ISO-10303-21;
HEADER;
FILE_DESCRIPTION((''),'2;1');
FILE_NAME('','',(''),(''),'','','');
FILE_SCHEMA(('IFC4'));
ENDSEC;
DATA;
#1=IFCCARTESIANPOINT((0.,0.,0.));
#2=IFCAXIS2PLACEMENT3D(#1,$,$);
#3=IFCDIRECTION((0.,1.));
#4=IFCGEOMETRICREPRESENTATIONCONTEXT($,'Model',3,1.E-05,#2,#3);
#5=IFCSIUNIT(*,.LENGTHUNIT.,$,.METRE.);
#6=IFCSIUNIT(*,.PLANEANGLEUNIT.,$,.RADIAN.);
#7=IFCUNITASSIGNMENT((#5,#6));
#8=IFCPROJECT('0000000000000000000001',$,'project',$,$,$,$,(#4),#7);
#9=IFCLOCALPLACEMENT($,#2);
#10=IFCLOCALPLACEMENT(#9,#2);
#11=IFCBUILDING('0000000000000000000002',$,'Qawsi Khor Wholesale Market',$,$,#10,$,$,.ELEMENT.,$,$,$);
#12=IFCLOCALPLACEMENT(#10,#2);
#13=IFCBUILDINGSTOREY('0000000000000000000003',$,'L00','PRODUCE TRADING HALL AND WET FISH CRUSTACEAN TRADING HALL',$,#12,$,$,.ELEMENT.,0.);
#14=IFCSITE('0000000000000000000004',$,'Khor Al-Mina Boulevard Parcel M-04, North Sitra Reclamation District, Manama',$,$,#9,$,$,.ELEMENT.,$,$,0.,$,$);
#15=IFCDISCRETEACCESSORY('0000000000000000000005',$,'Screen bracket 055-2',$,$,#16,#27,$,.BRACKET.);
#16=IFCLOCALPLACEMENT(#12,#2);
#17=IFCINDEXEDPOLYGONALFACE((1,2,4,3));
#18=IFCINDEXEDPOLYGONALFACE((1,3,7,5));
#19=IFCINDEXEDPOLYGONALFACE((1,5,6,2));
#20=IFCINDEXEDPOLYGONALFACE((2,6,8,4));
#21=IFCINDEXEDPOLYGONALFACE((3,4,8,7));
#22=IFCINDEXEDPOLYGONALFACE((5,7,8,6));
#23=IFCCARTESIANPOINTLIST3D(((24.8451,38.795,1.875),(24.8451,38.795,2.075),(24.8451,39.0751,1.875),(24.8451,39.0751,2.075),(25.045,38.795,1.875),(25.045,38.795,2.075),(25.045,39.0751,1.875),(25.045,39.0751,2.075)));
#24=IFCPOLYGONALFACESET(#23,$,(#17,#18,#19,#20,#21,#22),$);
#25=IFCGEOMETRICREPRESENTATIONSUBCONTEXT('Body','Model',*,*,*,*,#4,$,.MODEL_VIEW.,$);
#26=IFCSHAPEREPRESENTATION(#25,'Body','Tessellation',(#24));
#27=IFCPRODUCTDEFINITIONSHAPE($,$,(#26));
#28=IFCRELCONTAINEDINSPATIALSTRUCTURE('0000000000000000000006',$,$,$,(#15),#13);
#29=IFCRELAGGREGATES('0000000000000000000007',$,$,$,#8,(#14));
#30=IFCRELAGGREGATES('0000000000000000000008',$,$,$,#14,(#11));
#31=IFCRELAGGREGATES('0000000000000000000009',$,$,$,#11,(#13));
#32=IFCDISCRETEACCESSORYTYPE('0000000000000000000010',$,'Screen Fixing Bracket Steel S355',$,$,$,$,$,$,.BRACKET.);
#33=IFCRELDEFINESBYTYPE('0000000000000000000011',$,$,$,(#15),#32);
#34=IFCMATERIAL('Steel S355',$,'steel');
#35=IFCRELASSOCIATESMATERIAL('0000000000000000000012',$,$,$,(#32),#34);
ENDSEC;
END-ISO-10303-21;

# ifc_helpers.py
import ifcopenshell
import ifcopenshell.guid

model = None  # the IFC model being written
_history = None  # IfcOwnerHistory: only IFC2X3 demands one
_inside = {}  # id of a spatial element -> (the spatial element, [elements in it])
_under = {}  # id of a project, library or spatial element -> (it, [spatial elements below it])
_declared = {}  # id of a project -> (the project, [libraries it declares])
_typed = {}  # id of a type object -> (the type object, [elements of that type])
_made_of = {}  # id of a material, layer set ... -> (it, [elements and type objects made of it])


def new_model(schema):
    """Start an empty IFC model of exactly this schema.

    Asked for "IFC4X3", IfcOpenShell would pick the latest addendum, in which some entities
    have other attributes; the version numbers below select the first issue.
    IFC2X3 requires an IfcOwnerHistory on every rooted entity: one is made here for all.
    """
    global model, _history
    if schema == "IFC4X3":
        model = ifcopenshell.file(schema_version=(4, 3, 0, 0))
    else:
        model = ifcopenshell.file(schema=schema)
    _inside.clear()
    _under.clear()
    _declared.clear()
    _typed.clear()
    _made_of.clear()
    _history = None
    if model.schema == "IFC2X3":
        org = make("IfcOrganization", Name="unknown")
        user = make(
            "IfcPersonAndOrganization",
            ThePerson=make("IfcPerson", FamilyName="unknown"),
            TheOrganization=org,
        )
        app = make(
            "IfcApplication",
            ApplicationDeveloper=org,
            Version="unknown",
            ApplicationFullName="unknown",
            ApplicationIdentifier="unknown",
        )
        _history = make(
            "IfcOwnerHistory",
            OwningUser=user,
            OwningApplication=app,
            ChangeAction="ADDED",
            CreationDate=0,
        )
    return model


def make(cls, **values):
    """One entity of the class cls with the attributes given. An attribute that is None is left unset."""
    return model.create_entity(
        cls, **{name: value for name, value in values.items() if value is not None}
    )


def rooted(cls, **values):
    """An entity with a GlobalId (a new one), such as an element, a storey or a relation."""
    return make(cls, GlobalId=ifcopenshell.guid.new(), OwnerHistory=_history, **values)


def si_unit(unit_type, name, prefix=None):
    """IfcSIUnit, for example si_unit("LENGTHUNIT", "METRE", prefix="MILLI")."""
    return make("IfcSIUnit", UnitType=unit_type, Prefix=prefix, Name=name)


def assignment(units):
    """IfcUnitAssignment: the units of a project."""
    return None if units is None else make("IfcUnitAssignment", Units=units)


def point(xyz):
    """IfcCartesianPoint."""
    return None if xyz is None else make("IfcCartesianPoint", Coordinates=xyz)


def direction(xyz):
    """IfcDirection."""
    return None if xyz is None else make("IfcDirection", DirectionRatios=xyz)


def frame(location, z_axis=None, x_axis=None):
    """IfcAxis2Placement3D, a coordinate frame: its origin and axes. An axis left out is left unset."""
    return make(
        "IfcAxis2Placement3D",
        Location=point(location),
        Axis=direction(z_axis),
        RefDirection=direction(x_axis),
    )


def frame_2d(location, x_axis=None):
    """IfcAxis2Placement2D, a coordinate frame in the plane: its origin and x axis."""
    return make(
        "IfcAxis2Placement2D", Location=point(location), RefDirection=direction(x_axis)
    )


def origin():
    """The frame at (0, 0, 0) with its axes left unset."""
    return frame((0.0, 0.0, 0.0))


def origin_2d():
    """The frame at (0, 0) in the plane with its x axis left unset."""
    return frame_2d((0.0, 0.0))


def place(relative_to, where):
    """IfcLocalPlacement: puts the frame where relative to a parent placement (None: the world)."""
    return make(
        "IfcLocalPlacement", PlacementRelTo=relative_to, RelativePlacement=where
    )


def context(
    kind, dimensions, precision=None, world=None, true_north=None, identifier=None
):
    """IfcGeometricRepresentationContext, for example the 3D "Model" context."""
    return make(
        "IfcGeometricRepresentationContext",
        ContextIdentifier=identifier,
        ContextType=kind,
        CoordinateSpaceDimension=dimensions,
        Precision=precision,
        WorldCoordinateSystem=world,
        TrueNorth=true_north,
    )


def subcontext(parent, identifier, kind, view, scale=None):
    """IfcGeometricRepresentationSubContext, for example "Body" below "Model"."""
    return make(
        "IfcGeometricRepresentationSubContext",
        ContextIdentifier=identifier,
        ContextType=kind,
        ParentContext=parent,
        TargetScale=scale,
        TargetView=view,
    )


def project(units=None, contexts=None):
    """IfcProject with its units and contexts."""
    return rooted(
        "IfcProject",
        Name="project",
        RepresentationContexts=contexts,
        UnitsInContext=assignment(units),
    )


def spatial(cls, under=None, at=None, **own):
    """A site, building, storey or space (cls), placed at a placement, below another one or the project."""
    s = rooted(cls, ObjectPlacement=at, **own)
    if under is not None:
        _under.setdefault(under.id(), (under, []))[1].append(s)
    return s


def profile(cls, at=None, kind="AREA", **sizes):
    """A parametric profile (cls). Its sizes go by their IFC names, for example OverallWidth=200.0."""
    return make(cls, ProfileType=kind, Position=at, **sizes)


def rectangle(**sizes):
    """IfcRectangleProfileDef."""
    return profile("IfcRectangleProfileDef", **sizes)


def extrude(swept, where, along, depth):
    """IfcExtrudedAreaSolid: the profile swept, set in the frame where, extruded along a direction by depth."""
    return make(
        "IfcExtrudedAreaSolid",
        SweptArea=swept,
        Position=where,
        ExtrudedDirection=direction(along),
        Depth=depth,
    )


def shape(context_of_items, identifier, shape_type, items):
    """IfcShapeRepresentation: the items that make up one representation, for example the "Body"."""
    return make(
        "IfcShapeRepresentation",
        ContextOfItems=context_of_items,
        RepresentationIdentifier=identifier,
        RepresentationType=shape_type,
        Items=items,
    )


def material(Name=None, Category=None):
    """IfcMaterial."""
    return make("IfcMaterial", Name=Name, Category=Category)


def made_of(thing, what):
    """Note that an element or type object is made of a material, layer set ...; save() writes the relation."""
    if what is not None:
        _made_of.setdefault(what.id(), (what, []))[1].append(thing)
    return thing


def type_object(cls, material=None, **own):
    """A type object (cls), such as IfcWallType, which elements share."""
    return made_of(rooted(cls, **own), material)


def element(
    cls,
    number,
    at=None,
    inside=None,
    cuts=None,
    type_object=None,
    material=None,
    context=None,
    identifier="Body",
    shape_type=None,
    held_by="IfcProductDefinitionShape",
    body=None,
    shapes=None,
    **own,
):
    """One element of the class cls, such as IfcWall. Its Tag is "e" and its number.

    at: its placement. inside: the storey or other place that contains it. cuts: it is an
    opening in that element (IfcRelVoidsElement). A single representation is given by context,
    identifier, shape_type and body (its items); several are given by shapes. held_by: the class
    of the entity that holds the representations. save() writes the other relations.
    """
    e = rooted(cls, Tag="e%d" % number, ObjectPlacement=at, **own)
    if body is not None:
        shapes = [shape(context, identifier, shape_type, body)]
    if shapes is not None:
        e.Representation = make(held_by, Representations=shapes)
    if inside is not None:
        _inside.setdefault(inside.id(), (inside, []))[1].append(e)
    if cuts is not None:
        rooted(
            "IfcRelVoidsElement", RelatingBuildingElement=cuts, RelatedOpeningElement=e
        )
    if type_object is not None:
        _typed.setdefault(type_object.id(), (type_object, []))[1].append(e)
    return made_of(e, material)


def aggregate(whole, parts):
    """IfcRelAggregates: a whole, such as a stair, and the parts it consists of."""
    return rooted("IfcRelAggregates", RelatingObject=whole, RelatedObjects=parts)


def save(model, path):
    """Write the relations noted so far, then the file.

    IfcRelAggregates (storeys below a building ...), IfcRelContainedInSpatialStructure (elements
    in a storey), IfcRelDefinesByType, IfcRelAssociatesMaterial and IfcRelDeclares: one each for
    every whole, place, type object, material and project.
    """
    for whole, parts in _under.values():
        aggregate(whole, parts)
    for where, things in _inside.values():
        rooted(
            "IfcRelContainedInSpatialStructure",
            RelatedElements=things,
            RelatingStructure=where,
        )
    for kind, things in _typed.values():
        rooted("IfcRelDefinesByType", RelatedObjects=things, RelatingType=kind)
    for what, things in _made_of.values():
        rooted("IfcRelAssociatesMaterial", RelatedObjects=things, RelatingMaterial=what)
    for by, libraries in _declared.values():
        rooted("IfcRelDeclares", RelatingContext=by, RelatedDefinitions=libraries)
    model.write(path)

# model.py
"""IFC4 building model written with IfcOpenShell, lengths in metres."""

from ifc_helpers import new_model, si_unit, direction, frame, origin, origin_2d, place, context, subcontext, project, spatial, rectangle, extrude, material, type_object, element, save


model = new_model("IFC4")

# Units and contexts
model_context = context("Model", 3, precision=1e-05, world=origin(), true_north=direction((0.0, 1.0)))
body_context = subcontext(model_context, "Body", "Model", "MODEL_VIEW")
ifc_project = project(units=[si_unit("LENGTHUNIT", "METRE"), si_unit("PLANEANGLEUNIT", "RADIAN")], contexts=[model_context])

# Site, building, storey
site_placement = place(None, origin())
site = spatial("IfcSite", under=ifc_project, at=site_placement, Name="Khor Al-Mina Boulevard Parcel M-04, North Sitra Reclamation District, Manama", CompositionType="ELEMENT", RefElevation=0.0)
building_placement = place(site_placement, origin())
building = spatial("IfcBuilding", under=site, at=building_placement, Name="Qawsi Khor Wholesale Market", CompositionType="ELEMENT")
storey_placement = place(building_placement, origin())
storey = spatial("IfcBuildingStorey", under=building, at=storey_placement, Name="L00", Description="PRODUCE TRADING HALL AND WET FISH CRUSTACEAN TRADING HALL", CompositionType="ELEMENT", Elevation=0.0)

# Discrete accessory
ifc_material_1 = material(Name="Steel S355", Category="steel")
discrete_accessory_type = type_object("IfcDiscreteAccessoryType", Name="Screen Fixing Bracket Steel S355", PredefinedType="BRACKET", material=ifc_material_1)
for number, where, z_axis, x_axis, name in (
    (1, (24.9451, 38.9351, 1.875), (0.0, 0.0, 1.0), (1.0, 0.0, 0.0), "Screen bracket 055-2"),
):
    element("IfcDiscreteAccessory", number, at=place(storey_placement, frame(where, z_axis=z_axis, x_axis=x_axis)), inside=storey, type_object=discrete_accessory_type, Name=name, PredefinedType="BRACKET", context=body_context, shape_type="SweptSolid", body=[
        extrude(rectangle(XDim=0.2, YDim=0.28, at=origin_2d()), origin(), (0.0, 0.0, 1.0), 0.2),
    ])

save(model, "model.ifc")
